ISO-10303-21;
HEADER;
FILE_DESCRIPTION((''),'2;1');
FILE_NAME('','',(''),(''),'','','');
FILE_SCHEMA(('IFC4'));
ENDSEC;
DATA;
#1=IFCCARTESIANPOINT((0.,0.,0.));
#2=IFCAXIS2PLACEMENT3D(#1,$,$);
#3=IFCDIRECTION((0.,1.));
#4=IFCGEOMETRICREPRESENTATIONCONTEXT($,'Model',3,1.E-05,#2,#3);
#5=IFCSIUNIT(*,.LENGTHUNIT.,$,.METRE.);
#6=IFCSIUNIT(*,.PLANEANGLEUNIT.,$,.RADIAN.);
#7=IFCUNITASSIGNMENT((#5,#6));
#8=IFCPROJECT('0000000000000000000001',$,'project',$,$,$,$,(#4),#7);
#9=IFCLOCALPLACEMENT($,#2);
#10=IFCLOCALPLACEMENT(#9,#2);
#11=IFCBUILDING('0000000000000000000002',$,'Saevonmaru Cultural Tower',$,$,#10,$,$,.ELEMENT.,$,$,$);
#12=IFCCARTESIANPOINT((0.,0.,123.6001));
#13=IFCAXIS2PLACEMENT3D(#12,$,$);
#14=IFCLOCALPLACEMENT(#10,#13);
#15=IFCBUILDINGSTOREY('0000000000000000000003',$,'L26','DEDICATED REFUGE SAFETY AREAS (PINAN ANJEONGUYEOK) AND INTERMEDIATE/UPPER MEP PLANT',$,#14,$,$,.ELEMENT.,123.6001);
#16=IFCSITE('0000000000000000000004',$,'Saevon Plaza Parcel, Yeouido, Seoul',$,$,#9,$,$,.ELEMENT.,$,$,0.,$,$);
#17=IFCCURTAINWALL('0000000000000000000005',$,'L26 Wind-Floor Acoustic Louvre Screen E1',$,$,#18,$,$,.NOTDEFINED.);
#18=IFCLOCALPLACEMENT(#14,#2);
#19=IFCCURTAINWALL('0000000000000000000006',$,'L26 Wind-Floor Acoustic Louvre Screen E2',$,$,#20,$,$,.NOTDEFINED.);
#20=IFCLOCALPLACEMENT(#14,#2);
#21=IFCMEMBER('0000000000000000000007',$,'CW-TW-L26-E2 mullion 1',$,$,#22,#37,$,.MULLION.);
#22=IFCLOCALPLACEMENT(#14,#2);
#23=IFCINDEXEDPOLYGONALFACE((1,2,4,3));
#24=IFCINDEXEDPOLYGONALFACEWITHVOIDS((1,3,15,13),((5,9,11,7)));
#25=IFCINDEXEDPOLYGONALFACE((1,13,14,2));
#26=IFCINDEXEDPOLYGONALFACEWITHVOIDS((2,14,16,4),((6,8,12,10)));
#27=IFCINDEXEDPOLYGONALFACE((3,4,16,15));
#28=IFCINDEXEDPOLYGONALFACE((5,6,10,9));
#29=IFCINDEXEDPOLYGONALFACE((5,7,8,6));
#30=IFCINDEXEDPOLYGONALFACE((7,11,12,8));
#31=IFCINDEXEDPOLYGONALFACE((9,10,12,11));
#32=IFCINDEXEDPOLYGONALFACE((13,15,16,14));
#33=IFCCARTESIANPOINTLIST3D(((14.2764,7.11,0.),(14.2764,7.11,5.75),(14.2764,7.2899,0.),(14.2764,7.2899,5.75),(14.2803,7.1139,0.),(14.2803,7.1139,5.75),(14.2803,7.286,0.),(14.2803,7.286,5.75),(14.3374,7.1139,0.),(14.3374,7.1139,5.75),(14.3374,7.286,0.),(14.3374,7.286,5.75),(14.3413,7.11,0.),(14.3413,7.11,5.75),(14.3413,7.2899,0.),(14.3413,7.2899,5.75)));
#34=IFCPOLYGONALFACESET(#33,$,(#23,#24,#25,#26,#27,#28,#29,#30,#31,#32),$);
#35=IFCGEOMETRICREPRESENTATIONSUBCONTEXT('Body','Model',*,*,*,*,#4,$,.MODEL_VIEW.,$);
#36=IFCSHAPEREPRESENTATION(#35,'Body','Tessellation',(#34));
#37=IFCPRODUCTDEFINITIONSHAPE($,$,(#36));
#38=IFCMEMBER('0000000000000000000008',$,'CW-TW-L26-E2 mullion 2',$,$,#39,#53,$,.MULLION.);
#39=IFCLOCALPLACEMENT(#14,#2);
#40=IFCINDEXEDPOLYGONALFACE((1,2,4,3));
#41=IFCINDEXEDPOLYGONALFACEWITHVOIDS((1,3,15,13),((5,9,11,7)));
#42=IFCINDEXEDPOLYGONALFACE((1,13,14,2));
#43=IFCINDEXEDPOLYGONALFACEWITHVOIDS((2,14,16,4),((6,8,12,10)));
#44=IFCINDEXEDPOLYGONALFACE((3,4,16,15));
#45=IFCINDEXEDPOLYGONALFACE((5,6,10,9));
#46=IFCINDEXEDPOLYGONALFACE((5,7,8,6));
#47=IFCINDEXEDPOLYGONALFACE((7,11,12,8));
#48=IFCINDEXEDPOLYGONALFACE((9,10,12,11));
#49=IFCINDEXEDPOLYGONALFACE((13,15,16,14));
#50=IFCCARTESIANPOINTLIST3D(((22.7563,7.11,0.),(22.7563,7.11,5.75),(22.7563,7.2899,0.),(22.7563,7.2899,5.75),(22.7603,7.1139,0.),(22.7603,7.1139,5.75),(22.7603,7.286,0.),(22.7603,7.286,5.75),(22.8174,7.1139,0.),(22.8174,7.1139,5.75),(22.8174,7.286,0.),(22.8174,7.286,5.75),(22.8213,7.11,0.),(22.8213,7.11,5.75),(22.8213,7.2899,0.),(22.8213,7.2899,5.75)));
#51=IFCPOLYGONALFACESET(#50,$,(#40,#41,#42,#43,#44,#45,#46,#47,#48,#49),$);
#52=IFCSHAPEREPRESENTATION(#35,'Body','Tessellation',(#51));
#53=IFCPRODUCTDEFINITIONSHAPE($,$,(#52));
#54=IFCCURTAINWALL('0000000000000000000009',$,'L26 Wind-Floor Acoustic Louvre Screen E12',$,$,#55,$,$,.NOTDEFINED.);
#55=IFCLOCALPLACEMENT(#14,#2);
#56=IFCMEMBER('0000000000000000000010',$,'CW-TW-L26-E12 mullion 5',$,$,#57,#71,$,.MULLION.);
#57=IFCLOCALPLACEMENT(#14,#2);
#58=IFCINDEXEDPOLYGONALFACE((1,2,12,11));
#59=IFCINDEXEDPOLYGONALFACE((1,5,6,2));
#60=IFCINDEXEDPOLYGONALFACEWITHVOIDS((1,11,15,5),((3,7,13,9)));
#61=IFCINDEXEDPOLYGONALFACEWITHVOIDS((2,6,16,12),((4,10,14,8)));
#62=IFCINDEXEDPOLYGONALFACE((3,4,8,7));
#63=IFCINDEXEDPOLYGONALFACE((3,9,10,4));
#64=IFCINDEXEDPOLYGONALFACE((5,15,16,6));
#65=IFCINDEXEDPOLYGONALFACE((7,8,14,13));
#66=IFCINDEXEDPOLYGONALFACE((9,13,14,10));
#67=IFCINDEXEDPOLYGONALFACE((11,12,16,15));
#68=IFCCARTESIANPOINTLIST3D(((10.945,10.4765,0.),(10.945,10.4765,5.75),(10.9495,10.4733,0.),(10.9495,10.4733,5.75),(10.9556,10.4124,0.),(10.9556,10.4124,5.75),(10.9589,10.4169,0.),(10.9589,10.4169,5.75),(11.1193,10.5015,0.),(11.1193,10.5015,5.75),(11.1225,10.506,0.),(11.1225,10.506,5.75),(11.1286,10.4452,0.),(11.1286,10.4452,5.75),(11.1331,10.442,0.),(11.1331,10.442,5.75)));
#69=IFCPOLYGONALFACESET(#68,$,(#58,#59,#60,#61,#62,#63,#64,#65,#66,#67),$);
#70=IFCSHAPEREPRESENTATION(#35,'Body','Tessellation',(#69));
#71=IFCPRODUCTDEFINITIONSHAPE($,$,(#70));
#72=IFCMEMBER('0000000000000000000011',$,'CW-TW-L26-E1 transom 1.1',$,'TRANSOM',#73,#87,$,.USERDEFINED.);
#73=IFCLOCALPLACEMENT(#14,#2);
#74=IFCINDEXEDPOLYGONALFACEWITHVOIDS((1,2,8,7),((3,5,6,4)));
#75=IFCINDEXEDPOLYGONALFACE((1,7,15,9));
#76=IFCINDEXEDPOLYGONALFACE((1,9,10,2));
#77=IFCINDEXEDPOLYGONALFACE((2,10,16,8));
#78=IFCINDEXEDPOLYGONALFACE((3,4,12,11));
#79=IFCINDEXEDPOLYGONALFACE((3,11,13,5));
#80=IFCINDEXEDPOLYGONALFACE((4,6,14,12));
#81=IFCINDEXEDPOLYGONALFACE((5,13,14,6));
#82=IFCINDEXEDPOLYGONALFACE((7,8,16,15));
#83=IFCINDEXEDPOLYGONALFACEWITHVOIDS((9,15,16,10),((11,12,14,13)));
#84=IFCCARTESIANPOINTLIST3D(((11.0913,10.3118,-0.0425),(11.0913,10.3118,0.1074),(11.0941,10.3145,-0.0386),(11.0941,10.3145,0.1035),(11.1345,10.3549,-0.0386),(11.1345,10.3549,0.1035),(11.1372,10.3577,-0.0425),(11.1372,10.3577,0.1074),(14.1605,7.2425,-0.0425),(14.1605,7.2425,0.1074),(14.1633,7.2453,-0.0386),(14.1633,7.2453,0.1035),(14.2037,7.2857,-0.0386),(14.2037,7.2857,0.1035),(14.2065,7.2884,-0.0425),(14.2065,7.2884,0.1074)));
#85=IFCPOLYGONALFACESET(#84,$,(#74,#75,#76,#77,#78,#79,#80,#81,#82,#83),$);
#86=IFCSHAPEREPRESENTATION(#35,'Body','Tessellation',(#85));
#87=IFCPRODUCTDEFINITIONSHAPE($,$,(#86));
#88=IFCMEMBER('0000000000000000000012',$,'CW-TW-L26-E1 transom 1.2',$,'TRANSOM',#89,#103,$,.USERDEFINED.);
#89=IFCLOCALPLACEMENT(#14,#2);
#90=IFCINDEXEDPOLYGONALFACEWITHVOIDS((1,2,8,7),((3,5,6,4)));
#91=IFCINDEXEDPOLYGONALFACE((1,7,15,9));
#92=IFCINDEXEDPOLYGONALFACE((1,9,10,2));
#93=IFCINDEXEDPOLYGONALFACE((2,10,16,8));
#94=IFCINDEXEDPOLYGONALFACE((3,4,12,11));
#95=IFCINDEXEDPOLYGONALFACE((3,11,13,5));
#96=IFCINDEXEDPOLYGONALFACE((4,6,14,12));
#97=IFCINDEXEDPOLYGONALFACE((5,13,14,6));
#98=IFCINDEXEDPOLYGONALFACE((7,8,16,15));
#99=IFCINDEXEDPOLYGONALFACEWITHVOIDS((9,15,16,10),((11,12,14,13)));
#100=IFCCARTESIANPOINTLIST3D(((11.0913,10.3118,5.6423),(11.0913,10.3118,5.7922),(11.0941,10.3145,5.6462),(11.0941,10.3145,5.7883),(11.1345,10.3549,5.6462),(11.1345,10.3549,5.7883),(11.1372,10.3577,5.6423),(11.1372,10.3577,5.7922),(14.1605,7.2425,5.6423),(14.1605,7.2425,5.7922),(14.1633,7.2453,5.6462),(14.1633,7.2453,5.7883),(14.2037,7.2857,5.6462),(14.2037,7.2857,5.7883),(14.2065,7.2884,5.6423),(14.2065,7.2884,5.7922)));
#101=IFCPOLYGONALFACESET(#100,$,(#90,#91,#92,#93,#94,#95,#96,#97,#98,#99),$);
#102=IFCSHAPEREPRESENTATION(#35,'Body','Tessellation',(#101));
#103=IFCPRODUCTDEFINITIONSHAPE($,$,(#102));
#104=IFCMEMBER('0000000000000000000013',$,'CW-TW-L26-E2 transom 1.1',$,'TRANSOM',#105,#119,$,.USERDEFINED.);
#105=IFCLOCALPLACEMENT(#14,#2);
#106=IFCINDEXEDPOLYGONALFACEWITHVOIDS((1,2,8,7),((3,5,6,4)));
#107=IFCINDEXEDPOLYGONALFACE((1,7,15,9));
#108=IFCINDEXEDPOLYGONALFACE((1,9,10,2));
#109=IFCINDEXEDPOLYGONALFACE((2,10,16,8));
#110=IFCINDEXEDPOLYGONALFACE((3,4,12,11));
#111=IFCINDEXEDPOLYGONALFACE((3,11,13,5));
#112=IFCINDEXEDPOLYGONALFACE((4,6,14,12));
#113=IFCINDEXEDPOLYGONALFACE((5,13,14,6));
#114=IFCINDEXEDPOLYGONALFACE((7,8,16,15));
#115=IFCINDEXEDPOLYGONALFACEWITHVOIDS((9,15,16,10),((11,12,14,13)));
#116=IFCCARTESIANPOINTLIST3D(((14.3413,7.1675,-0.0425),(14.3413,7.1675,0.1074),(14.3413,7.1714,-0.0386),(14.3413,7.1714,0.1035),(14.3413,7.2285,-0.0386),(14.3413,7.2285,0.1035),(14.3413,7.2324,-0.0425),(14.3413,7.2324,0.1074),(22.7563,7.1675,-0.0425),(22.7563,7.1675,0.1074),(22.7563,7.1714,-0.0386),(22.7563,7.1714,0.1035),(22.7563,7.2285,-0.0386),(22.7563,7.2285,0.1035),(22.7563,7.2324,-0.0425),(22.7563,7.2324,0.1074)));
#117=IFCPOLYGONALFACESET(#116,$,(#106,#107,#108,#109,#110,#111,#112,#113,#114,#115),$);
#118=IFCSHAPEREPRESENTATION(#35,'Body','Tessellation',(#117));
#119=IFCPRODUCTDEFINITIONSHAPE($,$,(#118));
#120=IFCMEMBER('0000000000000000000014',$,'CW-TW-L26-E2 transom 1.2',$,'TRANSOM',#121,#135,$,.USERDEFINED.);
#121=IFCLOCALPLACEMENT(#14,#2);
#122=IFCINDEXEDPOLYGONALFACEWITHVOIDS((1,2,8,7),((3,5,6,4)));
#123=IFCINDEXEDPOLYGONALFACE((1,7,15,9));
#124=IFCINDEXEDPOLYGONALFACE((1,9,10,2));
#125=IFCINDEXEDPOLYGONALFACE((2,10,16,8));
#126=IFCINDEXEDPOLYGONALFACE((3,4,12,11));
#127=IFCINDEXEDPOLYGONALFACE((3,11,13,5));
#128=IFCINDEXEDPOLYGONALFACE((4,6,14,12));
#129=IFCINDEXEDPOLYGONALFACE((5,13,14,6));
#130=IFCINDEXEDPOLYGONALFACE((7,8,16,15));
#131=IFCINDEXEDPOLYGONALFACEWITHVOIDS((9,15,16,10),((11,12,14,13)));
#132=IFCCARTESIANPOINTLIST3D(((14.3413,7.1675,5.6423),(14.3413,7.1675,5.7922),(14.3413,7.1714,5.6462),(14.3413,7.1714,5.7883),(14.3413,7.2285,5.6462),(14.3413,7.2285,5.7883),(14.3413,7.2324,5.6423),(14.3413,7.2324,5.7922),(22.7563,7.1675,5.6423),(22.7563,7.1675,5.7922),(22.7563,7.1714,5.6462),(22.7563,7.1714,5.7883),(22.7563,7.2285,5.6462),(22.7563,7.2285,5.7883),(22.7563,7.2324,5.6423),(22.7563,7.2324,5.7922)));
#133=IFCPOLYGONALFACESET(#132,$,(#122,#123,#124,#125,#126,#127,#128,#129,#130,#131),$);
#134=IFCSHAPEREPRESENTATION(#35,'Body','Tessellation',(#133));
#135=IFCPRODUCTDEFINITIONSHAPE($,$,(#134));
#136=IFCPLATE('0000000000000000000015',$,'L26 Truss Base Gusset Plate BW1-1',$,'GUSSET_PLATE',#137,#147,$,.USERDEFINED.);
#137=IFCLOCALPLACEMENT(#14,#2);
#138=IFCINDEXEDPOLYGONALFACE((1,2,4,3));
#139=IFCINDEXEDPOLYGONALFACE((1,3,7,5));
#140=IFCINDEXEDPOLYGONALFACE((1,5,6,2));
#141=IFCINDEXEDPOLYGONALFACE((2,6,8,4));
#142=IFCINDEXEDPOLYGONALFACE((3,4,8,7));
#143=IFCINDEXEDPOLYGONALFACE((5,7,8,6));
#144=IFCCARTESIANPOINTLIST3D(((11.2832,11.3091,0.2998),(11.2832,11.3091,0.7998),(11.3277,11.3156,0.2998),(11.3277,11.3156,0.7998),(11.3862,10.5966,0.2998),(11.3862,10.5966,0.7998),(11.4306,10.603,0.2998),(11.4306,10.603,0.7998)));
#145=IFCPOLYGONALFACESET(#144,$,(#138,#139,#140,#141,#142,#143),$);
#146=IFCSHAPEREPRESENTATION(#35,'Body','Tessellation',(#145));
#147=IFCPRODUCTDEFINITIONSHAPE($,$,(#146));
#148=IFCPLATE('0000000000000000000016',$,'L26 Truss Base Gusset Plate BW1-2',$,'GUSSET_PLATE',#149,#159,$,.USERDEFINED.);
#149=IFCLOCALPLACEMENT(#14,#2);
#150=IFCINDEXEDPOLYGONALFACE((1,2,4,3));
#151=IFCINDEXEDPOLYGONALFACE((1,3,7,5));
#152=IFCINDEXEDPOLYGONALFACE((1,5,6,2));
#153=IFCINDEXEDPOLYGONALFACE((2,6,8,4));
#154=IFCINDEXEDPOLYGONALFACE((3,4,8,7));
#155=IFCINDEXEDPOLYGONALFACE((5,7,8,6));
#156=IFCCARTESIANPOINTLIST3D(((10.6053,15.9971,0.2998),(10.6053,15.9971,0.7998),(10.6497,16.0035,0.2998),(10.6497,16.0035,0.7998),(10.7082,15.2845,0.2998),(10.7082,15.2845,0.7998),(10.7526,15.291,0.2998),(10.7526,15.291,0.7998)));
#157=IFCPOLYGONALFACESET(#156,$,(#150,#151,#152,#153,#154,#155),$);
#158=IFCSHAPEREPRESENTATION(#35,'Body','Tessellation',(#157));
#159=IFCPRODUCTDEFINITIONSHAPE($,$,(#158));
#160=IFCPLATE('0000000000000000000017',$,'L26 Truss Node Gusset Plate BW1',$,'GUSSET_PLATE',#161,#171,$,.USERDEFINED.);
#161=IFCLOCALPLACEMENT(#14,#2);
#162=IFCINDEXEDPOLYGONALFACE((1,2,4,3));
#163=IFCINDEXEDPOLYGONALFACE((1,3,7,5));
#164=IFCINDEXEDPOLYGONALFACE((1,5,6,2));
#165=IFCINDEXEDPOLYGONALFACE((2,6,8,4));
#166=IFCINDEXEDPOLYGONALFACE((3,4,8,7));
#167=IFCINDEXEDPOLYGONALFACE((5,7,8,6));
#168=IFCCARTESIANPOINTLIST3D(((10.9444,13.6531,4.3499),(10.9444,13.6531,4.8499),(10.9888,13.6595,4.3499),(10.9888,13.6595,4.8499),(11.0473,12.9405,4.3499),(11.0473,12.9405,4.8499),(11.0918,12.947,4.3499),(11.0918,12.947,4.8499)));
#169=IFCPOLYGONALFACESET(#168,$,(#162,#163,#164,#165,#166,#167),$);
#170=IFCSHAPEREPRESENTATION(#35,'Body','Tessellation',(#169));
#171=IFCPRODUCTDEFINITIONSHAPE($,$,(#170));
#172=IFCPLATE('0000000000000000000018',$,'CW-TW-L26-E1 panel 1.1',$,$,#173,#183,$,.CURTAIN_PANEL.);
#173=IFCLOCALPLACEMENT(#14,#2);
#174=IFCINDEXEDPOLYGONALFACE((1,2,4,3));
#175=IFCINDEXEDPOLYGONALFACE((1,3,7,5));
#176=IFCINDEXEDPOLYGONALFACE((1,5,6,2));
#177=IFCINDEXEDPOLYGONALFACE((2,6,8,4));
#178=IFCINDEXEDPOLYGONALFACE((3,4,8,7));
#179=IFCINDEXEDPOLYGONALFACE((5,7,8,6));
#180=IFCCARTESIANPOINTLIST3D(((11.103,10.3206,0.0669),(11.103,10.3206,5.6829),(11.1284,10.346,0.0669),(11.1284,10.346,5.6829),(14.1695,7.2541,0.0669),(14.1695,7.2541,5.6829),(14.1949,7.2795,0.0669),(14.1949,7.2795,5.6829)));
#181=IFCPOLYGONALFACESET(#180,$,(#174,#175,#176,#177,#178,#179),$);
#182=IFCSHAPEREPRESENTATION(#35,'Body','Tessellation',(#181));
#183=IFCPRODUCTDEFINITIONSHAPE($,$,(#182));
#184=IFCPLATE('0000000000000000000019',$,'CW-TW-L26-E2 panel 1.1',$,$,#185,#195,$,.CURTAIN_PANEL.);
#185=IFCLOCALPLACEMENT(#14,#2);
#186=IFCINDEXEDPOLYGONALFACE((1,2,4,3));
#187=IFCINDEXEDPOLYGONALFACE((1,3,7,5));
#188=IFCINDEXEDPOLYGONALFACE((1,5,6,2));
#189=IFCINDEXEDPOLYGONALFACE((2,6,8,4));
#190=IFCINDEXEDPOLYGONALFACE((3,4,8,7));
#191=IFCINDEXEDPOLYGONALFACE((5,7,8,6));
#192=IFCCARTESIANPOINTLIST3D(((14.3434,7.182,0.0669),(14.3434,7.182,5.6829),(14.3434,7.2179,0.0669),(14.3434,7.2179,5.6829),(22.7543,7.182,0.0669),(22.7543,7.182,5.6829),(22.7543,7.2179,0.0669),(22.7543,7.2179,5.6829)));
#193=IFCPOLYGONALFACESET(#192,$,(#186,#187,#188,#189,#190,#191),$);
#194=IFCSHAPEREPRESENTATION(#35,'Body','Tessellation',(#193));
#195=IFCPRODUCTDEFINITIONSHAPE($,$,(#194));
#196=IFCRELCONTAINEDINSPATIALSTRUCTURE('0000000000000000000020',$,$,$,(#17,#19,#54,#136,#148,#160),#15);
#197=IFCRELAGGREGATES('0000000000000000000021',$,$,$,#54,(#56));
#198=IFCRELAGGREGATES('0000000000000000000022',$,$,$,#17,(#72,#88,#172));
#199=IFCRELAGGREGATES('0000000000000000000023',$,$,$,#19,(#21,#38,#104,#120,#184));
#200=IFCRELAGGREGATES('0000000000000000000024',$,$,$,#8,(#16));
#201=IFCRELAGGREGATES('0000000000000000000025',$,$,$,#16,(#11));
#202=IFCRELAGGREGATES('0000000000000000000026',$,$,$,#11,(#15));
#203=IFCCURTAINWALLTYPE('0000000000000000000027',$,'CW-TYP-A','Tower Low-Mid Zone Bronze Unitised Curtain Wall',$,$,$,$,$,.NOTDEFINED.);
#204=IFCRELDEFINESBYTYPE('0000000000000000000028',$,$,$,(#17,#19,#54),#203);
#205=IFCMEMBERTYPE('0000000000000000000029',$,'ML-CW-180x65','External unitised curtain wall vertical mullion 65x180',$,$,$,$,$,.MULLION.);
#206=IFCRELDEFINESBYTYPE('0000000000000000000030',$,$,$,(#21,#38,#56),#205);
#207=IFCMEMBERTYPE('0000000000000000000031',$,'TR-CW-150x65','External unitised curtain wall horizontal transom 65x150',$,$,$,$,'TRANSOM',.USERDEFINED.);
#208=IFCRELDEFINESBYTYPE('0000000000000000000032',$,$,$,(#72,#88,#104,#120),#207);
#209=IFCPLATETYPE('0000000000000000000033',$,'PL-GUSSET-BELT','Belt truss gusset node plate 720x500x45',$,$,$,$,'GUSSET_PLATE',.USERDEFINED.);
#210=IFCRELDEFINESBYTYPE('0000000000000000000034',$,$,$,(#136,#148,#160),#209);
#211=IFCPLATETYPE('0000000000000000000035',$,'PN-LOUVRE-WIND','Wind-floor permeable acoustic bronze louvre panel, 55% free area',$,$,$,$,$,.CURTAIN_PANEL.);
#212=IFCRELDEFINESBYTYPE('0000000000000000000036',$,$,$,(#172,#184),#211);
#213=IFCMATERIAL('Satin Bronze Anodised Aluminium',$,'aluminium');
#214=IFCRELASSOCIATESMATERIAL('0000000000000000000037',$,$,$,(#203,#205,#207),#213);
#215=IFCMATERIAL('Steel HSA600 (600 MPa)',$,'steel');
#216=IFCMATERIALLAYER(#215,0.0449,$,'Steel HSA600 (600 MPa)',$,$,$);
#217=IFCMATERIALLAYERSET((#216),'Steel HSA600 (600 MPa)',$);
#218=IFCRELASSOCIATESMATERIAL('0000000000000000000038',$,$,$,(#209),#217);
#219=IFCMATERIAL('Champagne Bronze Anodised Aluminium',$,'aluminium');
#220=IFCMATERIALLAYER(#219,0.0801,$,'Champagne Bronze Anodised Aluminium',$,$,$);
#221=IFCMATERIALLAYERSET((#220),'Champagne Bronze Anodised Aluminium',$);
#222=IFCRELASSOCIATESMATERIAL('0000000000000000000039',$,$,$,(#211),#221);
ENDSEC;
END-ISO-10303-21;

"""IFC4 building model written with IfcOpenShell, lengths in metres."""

from ifc_helpers import new_model, si_unit, direction, frame, origin, origin_2d, place, context, subcontext, project, spatial, rectangle, hollow_rectangle, extrude, material, layer, layer_set, material_profile, profile_set, type_object, element, aggregate, save


model = new_model("IFC4")

# Units and contexts
model_context = context("Model", 3, precision=1e-05, world=origin(), true_north=direction((0.0, 1.0)))
body_context = subcontext(model_context, "Body", "Model", "MODEL_VIEW")
ifc_project = project(units=[si_unit("LENGTHUNIT", "METRE"), si_unit("PLANEANGLEUNIT", "RADIAN")], contexts=[model_context])

# Site, building, storey
site_placement = place(None, origin())
site = spatial("IfcSite", under=ifc_project, at=site_placement, Name="Saevon Plaza Parcel, Yeouido, Seoul", CompositionType="ELEMENT", RefElevation=0.0)
building_placement = place(site_placement, origin())
building = spatial("IfcBuilding", under=site, at=building_placement, Name="Saevonmaru Cultural Tower", CompositionType="ELEMENT")
storey_placement = place(building_placement, frame((0.0, 0.0, 123.6001)))
storey = spatial("IfcBuildingStorey", under=building, at=storey_placement, Name="L26", Description="DEDICATED REFUGE SAFETY AREAS (PINAN ANJEONGUYEOK) AND INTERMEDIATE/UPPER MEP PLANT", CompositionType="ELEMENT", Elevation=123.6001)

# Curtain walls, members
ifc_material_1 = material(Name="Satin Bronze Anodised Aluminium", Category="aluminium")
curtain_wall_type = type_object("IfcCurtainWallType", Name="CW-TYP-A", Description="Tower Low-Mid Zone Bronze Unitised Curtain Wall", PredefinedType="NOTDEFINED", material=ifc_material_1)
curtain_wall_1_placement = place(storey_placement, origin())
curtain_wall_1 = element("IfcCurtainWall", 1, at=curtain_wall_1_placement, inside=storey, type_object=curtain_wall_type, Name="L26 Wind-Floor Acoustic Louvre Screen E1", PredefinedType="NOTDEFINED")
ifc_material_profile_1 = material_profile(ifc_material_1, hollow_rectangle(XDim=0.0649, YDim=0.1799, WallThickness=0.0039, at=origin_2d()), Name="ALU-MULL-180x65x4")
ifc_profile_set_1 = profile_set([ifc_material_profile_1], Name="Satin Bronze Anodised Aluminium")
member_type_1 = type_object("IfcMemberType", Name="ML-CW-180x65", Description="External unitised curtain wall vertical mullion 65x180", PredefinedType="MULLION", material=ifc_profile_set_1)
curtain_wall_2_placement = place(storey_placement, origin())
curtain_wall_2 = element("IfcCurtainWall", 2, at=curtain_wall_2_placement, inside=storey, type_object=curtain_wall_type, Name="L26 Wind-Floor Acoustic Louvre Screen E2", PredefinedType="NOTDEFINED")
member_1_placement = place(storey_placement, frame((14.3088, 7.2, 0.0), z_axis=(0.0, 0.0, 1.0), x_axis=(1.0, 0.0, 0.0)))
member_1 = element("IfcMember", 3, at=member_1_placement, type_object=member_type_1, Name="CW-TW-L26-E2 mullion 1", PredefinedType="MULLION", context=body_context, shape_type="SweptSolid", body=[
    extrude(hollow_rectangle(XDim=0.0649, YDim=0.1799, WallThickness=0.0039, at=origin_2d()), origin(), (0.0, 0.0, 1.0), 5.75),
])
member_2_placement = place(storey_placement, frame((22.7888, 7.2, 0.0), z_axis=(0.0, 0.0, 1.0), x_axis=(1.0, 0.0, 0.0)))
member_2 = element("IfcMember", 4, at=member_2_placement, type_object=member_type_1, Name="CW-TW-L26-E2 mullion 2", PredefinedType="MULLION", context=body_context, shape_type="SweptSolid", body=[
    extrude(hollow_rectangle(XDim=0.0649, YDim=0.1799, WallThickness=0.0039, at=origin_2d()), origin(), (0.0, 0.0, 1.0), 5.75),
])

# Curtain wall, member
curtain_wall_3_placement = place(storey_placement, origin())
curtain_wall_3 = element("IfcCurtainWall", 5, at=curtain_wall_3_placement, inside=storey, type_object=curtain_wall_type, Name="L26 Wind-Floor Acoustic Louvre Screen E12", PredefinedType="NOTDEFINED")
member_3_placement = place(storey_placement, frame((11.0391, 10.4592, 0.0), z_axis=(0.0, 0.0, 1.0), x_axis=(0.163999, -0.986461, 0.0)))
member_3 = element("IfcMember", 6, at=member_3_placement, type_object=member_type_1, Name="CW-TW-L26-E12 mullion 5", PredefinedType="MULLION", context=body_context, shape_type="SweptSolid", body=[
    extrude(hollow_rectangle(XDim=0.0649, YDim=0.1799, WallThickness=0.0039, at=origin_2d()), origin(), (0.0, 0.0, 1.0), 5.75),
])
aggregate(curtain_wall_3, [member_3])

# Members
ifc_material_profile_2 = material_profile(ifc_material_1, hollow_rectangle(XDim=0.0649, YDim=0.1499, WallThickness=0.0039, at=origin_2d()), Name="ALU-TRAN-150x65x4")
ifc_profile_set_2 = profile_set([ifc_material_profile_2], Name="Satin Bronze Anodised Aluminium")
member_type_2 = type_object("IfcMemberType", Name="TR-CW-150x65", Description="External unitised curtain wall horizontal transom 65x150", ElementType="TRANSOM", PredefinedType="USERDEFINED", material=ifc_profile_set_2)
member_4_placement = place(storey_placement, frame((11.1143, 10.3347, 0.0325), z_axis=(0.707107, -0.707107, 0.0), x_axis=(0.707107, 0.707107, 0.0)))
member_4 = element("IfcMember", 7, at=member_4_placement, type_object=member_type_2, Name="CW-TW-L26-E1 transom 1.1", ObjectType="TRANSOM", PredefinedType="USERDEFINED", context=body_context, shape_type="SweptSolid", body=[
    extrude(hollow_rectangle(XDim=0.0649, YDim=0.1499, WallThickness=0.0039, at=origin_2d()), origin(), (0.0, 0.0, 1.0), 4.3406),
])
member_5_placement = place(storey_placement, frame((11.1143, 10.3347, 5.7173), z_axis=(0.707107, -0.707107, 0.0), x_axis=(0.707107, 0.707107, 0.0)))
member_5 = element("IfcMember", 8, at=member_5_placement, type_object=member_type_2, Name="CW-TW-L26-E1 transom 1.2", ObjectType="TRANSOM", PredefinedType="USERDEFINED", context=body_context, shape_type="SweptSolid", body=[
    extrude(hollow_rectangle(XDim=0.0649, YDim=0.1499, WallThickness=0.0039, at=origin_2d()), origin(), (0.0, 0.0, 1.0), 4.3406),
])
member_6_placement = place(storey_placement, frame((14.3413, 7.2, 0.0325), z_axis=(1.0, 0.0, 0.0), x_axis=(0.0, 1.0, 0.0)))
member_6 = element("IfcMember", 9, at=member_6_placement, type_object=member_type_2, Name="CW-TW-L26-E2 transom 1.1", ObjectType="TRANSOM", PredefinedType="USERDEFINED", context=body_context, shape_type="SweptSolid", body=[
    extrude(hollow_rectangle(XDim=0.0649, YDim=0.1499, WallThickness=0.0039, at=origin_2d()), origin(), (0.0, 0.0, 1.0), 8.415),
])
member_7_placement = place(storey_placement, frame((14.3413, 7.2, 5.7173), z_axis=(1.0, 0.0, 0.0), x_axis=(0.0, 1.0, 0.0)))
member_7 = element("IfcMember", 10, at=member_7_placement, type_object=member_type_2, Name="CW-TW-L26-E2 transom 1.2", ObjectType="TRANSOM", PredefinedType="USERDEFINED", context=body_context, shape_type="SweptSolid", body=[
    extrude(hollow_rectangle(XDim=0.0649, YDim=0.1499, WallThickness=0.0039, at=origin_2d()), origin(), (0.0, 0.0, 1.0), 8.415),
])

# Plates
ifc_material_2 = material(Name="Steel HSA600 (600 MPa)", Category="steel")
ifc_layer_1 = layer(ifc_material_2, 0.0449, Name="Steel HSA600 (600 MPa)")
ifc_layer_set_1 = layer_set([ifc_layer_1], Name="Steel HSA600 (600 MPa)")
plate_type_1 = type_object("IfcPlateType", Name="PL-GUSSET-BELT", Description="Belt truss gusset node plate 720x500x45", ElementType="GUSSET_PLATE", PredefinedType="USERDEFINED", material=ifc_layer_set_1)
for number, where, z_axis, x_axis, name in (
    (11, (11.3569, 10.9561, 0.2998), (0.0, 0.0, 1.0), (-0.142957, 0.989729, 0.0), "L26 Truss Base Gusset Plate BW1-1"),
    (12, (10.679, 15.644, 0.2998), (0.0, 0.0, 1.0), (-0.142957, 0.989729, 0.0), "L26 Truss Base Gusset Plate BW1-2"),
    (13, (11.0181, 13.3, 4.3499), (0.0, 0.0, 1.0), (-0.142957, 0.989729, 0.0), "L26 Truss Node Gusset Plate BW1"),
):
    element("IfcPlate", number, at=place(storey_placement, frame(where, z_axis=z_axis, x_axis=x_axis)), inside=storey, type_object=plate_type_1, Name=name, ObjectType="GUSSET_PLATE", PredefinedType="USERDEFINED", context=body_context, shape_type="SweptSolid", body=[
        extrude(rectangle(XDim=0.72, YDim=0.0449, at=origin_2d()), origin(), (0.0, 0.0, 1.0), 0.5),
    ])

# Plates
ifc_material_3 = material(Name="Champagne Bronze Anodised Aluminium", Category="aluminium")
ifc_layer_2 = layer(ifc_material_3, 0.0801, Name="Champagne Bronze Anodised Aluminium")
ifc_layer_set_2 = layer_set([ifc_layer_2], Name="Champagne Bronze Anodised Aluminium")
plate_type_2 = type_object("IfcPlateType", Name="PN-LOUVRE-WIND", Description="Wind-floor permeable acoustic bronze louvre panel, 55% free area", PredefinedType="CURTAIN_PANEL", material=ifc_layer_set_2)
plate_1_placement = place(storey_placement, frame((12.6489, 8.8, 0.0669), z_axis=(0.0, 0.0, 1.0), x_axis=(0.707107, -0.707107, 0.0)))
plate_1 = element("IfcPlate", 14, at=plate_1_placement, type_object=plate_type_2, Name="CW-TW-L26-E1 panel 1.1", PredefinedType="CURTAIN_PANEL", context=body_context, shape_type="SweptSolid", body=[
    extrude(rectangle(XDim=4.3367, YDim=0.0359, at=origin_2d()), origin(), (0.0, 0.0, 1.0), 5.616),
])
aggregate(curtain_wall_1, [member_4, member_5, plate_1])
plate_2_placement = place(storey_placement, frame((18.5488, 7.2, 0.0669), z_axis=(0.0, 0.0, 1.0), x_axis=(1.0, 0.0, 0.0)))
plate_2 = element("IfcPlate", 15, at=plate_2_placement, type_object=plate_type_2, Name="CW-TW-L26-E2 panel 1.1", PredefinedType="CURTAIN_PANEL", context=body_context, shape_type="SweptSolid", body=[
    extrude(rectangle(XDim=8.4109, YDim=0.0359, at=origin_2d()), origin(), (0.0, 0.0, 1.0), 5.616),
])
aggregate(curtain_wall_2, [member_1, member_2, member_6, member_7, plate_2])

save(model, "model.ifc")
